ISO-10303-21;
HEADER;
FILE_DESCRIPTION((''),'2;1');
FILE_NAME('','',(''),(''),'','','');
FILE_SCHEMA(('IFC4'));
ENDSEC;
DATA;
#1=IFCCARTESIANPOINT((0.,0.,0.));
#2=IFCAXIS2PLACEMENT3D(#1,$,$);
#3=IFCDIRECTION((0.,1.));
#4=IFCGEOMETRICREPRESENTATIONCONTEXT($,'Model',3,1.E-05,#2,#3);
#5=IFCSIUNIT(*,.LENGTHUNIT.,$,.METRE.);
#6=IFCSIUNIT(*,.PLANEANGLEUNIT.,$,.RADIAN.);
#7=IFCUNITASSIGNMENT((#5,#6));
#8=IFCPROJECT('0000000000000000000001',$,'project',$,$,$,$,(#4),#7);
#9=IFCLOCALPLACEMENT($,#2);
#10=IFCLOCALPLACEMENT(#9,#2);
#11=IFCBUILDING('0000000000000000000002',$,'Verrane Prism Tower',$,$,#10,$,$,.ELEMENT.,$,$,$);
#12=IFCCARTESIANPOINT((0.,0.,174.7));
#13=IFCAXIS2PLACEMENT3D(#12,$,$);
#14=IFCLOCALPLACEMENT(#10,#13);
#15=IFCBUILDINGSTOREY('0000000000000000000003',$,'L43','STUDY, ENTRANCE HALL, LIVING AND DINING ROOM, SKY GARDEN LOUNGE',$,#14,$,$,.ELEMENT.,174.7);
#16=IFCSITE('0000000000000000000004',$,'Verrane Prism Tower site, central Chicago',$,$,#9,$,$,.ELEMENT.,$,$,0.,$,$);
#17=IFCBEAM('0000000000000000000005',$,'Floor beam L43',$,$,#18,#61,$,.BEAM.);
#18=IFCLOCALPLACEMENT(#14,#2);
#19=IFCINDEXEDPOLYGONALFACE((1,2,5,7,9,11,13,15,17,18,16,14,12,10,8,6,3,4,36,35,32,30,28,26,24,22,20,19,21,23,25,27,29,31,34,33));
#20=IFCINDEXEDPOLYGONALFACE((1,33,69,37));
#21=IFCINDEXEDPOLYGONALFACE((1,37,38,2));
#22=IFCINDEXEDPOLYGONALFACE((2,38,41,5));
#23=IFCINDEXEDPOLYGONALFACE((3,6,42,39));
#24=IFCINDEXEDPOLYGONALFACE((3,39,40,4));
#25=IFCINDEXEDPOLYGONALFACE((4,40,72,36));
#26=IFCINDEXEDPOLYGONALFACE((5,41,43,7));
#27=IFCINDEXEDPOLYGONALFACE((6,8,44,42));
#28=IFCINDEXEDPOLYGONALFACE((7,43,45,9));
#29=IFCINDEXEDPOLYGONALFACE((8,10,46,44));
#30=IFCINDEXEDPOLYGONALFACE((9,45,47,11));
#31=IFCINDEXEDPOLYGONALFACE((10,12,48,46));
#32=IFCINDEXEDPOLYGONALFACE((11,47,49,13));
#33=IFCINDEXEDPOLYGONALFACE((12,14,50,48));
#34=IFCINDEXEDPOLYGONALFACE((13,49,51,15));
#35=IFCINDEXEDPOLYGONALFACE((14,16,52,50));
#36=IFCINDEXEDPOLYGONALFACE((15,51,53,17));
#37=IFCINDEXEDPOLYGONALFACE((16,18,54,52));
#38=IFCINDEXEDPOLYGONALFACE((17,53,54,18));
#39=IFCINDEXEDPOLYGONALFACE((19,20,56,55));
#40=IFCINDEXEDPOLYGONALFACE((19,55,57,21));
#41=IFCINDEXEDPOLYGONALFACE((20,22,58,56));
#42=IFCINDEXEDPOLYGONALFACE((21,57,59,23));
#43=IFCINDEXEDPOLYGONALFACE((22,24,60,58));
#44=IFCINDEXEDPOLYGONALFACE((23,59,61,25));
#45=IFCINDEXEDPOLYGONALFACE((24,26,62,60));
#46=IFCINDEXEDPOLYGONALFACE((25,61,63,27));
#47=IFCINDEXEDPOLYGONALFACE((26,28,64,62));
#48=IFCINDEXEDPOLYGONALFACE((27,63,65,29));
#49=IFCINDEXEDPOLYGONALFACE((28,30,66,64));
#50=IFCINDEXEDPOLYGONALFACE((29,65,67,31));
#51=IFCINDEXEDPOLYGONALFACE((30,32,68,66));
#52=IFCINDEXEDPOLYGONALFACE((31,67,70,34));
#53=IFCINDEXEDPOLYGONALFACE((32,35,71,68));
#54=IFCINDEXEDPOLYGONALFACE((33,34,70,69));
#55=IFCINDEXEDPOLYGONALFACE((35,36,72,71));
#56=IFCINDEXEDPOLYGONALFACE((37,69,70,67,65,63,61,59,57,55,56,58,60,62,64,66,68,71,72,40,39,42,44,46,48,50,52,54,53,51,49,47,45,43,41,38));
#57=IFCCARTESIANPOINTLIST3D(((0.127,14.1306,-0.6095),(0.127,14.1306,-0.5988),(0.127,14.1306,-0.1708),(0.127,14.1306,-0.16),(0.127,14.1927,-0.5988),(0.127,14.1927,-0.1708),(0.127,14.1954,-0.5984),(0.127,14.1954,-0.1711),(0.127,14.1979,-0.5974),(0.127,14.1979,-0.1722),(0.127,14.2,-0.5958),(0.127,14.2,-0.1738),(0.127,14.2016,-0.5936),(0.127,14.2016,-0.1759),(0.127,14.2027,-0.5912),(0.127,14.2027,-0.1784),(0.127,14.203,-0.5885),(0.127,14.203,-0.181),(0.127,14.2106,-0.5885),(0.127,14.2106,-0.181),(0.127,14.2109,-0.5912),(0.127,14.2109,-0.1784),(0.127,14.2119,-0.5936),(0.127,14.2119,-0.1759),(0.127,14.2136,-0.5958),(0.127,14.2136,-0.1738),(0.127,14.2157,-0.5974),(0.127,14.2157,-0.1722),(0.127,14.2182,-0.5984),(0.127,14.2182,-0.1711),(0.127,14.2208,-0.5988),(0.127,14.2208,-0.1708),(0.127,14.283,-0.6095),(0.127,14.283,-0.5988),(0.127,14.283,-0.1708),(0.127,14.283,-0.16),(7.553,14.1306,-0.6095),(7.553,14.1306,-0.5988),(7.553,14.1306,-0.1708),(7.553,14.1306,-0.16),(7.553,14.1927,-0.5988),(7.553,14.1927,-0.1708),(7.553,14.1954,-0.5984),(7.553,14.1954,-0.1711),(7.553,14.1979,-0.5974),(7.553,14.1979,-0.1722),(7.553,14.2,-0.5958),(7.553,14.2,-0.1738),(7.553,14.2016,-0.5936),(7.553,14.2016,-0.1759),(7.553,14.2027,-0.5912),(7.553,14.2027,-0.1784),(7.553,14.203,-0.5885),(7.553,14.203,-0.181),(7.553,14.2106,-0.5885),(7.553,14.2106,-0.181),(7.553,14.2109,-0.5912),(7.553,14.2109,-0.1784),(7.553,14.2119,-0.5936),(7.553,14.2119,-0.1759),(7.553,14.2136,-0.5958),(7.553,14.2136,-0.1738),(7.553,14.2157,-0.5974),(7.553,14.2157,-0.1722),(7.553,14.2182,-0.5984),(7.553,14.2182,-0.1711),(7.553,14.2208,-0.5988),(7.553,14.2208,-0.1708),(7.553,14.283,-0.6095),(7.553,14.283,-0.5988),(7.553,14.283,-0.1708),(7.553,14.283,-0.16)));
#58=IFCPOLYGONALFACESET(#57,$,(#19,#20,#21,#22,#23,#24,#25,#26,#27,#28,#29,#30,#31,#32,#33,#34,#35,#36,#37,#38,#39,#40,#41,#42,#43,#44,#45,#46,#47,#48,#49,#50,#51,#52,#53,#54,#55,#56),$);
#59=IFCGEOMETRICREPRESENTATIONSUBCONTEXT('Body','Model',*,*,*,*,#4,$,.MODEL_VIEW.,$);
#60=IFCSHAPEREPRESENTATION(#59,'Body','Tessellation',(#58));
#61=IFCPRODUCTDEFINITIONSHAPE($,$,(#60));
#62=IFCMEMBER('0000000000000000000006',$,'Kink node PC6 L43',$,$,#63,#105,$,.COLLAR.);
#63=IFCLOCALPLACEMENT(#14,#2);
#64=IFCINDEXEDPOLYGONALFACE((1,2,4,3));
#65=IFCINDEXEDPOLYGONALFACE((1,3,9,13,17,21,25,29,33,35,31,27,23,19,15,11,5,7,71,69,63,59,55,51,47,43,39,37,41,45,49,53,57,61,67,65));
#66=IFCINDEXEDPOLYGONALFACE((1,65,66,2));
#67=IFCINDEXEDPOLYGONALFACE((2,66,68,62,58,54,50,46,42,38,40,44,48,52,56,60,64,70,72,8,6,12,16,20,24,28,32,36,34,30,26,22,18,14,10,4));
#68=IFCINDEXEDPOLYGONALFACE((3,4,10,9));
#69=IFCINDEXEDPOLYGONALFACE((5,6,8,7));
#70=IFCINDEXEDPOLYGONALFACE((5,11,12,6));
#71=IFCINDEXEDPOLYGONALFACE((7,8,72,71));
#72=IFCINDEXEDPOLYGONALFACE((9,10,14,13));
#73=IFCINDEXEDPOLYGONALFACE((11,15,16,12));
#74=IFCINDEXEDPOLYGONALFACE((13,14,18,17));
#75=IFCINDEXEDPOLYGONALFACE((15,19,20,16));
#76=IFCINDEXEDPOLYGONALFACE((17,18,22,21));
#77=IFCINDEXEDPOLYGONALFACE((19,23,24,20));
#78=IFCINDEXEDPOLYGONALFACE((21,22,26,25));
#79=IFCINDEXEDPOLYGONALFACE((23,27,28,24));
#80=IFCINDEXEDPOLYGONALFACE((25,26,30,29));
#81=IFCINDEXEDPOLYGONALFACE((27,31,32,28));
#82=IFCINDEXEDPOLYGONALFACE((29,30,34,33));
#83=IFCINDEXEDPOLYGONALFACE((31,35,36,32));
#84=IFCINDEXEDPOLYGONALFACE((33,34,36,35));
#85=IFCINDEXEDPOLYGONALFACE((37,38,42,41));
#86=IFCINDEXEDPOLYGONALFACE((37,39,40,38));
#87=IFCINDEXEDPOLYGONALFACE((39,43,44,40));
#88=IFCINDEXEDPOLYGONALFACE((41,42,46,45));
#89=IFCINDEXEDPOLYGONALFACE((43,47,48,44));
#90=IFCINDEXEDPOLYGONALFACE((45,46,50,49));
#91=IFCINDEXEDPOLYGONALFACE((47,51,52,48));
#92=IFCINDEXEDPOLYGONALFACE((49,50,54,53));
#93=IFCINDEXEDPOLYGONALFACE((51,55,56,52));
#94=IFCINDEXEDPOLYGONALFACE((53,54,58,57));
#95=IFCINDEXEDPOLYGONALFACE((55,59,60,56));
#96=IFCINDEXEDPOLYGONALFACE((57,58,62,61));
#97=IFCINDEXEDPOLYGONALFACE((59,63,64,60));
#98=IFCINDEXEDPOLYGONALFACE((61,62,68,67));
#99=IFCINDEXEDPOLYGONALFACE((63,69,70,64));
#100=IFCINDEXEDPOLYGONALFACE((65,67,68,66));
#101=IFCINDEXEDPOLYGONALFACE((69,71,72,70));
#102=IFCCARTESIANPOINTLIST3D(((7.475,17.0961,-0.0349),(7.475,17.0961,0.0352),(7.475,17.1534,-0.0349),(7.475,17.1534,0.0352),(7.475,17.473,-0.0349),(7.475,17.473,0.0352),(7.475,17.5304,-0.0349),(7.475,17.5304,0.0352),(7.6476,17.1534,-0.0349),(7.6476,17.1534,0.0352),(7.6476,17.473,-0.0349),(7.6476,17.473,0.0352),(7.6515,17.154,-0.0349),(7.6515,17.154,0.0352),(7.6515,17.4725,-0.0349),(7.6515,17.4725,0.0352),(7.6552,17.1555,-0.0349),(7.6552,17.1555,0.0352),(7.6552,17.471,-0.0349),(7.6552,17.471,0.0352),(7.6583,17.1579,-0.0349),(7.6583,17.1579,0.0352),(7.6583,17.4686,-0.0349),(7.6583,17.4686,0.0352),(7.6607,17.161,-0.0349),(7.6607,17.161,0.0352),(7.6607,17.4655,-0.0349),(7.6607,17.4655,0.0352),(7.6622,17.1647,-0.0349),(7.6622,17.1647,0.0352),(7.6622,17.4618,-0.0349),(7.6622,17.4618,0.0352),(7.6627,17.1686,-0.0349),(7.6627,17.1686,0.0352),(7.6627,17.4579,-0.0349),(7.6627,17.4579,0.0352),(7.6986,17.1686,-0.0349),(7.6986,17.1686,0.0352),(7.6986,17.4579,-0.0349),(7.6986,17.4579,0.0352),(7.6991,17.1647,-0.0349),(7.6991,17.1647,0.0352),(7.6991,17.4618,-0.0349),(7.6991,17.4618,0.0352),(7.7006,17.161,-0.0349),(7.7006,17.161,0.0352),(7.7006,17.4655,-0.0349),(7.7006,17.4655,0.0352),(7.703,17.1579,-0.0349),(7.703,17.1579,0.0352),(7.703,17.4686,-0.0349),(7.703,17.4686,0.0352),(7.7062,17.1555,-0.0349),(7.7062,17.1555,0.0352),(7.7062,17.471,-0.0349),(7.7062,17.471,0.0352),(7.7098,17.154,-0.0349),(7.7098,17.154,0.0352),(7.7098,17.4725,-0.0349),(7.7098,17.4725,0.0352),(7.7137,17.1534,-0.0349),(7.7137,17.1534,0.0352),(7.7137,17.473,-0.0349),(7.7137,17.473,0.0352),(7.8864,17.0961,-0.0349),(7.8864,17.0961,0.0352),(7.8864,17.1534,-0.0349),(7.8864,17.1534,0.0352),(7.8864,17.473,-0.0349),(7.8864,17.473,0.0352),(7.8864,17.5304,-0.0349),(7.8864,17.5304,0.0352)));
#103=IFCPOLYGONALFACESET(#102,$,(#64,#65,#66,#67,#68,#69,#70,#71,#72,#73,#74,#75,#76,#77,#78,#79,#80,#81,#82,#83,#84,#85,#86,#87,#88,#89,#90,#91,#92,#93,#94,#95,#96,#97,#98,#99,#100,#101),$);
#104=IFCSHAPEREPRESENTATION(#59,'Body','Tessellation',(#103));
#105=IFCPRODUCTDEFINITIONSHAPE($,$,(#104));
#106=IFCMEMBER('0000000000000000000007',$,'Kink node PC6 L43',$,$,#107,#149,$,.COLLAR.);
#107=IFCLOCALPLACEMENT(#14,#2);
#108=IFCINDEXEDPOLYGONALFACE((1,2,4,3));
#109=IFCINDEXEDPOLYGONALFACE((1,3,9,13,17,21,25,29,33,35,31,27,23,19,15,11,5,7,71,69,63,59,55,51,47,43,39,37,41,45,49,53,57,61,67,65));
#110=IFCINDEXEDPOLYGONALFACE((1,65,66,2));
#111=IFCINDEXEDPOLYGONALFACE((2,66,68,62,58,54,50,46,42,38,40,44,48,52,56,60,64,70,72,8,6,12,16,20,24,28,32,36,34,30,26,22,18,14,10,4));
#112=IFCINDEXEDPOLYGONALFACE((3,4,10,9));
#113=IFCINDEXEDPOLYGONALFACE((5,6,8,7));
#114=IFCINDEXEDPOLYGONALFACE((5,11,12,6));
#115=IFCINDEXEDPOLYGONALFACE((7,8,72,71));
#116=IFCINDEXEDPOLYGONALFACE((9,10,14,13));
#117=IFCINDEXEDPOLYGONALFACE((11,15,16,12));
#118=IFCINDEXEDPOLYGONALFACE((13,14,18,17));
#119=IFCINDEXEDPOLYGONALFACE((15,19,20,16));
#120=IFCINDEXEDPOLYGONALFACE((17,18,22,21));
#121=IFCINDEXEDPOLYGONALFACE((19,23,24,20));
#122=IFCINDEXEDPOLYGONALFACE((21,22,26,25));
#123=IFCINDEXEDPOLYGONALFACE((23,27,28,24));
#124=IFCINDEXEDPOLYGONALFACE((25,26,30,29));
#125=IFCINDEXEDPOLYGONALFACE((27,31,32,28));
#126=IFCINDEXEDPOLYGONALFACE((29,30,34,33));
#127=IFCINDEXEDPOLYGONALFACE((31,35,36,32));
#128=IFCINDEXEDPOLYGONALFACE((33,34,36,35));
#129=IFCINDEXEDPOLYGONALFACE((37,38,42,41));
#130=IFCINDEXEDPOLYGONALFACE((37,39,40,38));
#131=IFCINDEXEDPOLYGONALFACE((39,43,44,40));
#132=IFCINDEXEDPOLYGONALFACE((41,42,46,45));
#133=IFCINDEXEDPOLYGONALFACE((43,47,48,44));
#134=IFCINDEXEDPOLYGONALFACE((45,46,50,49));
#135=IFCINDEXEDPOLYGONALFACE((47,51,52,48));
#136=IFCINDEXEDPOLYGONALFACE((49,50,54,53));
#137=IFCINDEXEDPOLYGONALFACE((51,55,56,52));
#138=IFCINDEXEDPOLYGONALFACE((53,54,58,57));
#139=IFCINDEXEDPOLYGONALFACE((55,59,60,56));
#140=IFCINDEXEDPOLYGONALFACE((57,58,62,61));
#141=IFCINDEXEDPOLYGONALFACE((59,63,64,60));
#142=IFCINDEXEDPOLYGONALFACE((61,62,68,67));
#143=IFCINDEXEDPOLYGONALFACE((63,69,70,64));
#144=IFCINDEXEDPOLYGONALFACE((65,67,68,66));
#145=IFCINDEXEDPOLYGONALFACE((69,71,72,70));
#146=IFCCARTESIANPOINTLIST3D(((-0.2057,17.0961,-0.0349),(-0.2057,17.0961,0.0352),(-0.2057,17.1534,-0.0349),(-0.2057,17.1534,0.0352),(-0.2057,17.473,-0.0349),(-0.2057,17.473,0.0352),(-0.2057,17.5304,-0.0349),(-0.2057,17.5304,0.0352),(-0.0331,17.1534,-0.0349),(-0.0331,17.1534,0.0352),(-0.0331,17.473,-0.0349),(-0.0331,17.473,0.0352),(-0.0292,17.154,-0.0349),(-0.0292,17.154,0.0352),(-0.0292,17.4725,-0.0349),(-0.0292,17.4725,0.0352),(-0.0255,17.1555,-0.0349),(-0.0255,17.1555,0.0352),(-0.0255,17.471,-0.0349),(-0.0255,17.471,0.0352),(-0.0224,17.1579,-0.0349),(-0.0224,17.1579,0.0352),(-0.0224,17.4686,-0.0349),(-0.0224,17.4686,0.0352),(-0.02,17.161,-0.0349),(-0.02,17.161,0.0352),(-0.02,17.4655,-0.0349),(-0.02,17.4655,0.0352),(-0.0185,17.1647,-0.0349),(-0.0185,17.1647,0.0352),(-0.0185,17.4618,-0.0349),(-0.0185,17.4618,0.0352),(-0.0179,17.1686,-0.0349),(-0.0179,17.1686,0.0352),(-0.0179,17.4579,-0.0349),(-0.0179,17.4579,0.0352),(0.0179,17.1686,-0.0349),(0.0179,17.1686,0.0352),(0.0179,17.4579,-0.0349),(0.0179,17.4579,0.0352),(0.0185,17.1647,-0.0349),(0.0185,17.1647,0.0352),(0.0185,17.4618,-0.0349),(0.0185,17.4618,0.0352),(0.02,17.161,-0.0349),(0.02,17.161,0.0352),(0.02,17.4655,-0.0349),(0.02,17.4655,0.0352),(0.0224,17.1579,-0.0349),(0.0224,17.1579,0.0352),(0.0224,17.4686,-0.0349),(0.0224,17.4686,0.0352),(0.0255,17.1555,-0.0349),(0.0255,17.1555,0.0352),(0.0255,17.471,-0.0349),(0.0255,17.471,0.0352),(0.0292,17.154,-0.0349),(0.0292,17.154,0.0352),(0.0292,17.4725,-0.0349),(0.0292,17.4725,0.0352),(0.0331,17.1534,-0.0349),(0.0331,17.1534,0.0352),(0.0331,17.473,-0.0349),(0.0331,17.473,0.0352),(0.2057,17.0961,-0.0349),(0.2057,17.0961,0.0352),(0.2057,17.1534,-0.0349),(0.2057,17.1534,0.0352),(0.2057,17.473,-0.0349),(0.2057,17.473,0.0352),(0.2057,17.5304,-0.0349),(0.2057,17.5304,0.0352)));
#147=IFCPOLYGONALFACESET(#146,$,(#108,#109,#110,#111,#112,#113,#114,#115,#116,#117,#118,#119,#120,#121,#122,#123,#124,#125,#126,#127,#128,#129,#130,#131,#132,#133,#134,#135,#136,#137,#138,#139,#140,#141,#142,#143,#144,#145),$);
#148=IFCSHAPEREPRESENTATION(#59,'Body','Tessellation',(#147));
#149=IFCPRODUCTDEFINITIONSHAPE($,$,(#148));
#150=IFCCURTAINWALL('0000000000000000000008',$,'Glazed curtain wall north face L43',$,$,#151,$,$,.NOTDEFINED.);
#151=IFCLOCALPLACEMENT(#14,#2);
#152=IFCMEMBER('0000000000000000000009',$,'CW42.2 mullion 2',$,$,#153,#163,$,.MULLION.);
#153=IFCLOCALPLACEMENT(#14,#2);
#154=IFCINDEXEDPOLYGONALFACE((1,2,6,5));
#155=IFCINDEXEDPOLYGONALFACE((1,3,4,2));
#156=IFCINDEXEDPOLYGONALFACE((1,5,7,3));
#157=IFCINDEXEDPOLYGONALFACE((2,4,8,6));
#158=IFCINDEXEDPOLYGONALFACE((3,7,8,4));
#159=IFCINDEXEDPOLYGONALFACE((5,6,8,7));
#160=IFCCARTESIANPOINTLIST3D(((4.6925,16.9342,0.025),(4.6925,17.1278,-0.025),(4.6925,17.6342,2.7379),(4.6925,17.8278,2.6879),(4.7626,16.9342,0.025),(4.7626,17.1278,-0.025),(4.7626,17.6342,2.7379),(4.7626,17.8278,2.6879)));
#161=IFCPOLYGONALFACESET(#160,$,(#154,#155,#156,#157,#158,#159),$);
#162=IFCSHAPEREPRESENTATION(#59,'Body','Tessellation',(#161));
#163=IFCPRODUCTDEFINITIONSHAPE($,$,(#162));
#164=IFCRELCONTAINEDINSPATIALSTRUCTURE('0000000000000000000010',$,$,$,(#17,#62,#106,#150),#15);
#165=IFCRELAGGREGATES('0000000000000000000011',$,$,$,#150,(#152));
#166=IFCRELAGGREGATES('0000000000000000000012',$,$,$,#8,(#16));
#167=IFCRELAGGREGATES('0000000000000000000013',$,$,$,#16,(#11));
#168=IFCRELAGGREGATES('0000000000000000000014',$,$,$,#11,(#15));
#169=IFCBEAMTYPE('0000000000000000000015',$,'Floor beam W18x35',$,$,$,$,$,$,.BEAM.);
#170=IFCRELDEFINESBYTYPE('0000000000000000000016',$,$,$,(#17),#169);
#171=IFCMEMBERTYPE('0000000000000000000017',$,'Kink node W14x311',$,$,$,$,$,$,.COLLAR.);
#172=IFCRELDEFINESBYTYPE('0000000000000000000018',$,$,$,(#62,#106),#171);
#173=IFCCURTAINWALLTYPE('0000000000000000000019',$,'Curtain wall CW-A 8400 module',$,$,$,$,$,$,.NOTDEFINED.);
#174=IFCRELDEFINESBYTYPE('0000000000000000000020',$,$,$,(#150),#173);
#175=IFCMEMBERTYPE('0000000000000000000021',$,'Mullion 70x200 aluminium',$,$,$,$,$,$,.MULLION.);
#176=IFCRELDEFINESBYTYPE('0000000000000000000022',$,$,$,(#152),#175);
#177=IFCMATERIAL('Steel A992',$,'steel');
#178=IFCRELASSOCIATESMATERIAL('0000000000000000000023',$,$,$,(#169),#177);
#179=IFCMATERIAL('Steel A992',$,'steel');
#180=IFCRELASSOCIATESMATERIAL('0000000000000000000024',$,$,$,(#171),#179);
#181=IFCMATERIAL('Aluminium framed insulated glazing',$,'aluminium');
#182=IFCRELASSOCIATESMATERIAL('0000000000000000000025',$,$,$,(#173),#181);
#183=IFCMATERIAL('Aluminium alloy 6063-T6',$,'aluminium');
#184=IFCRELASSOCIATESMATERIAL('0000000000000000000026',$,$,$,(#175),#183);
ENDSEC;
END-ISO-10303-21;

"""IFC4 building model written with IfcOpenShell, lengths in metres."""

from ifc_helpers import new_model, si_unit, direction, frame, origin, origin_2d, place, context, subcontext, project, spatial, rectangle, i_section, extrude, material, material_profile, profile_set, type_object, element, aggregate, save


model = new_model("IFC4")

# Units and contexts
model_context = context("Model", 3, precision=1e-05, world=origin(), true_north=direction((0.0, 1.0)))
body_context = subcontext(model_context, "Body", "Model", "MODEL_VIEW")
ifc_project = project(units=[si_unit("LENGTHUNIT", "METRE"), si_unit("PLANEANGLEUNIT", "RADIAN")], contexts=[model_context])

# Site, building, storey
site_placement = place(None, origin())
site = spatial("IfcSite", under=ifc_project, at=site_placement, Name="Verrane Prism Tower site, central Chicago", CompositionType="ELEMENT", RefElevation=0.0)
building_placement = place(site_placement, origin())
building = spatial("IfcBuilding", under=site, at=building_placement, Name="Verrane Prism Tower", CompositionType="ELEMENT")
storey_placement = place(building_placement, frame((0.0, 0.0, 174.7)))
storey = spatial("IfcBuildingStorey", under=building, at=storey_placement, Name="L43", Description="STUDY, ENTRANCE HALL, LIVING AND DINING ROOM, SKY GARDEN LOUNGE", CompositionType="ELEMENT", Elevation=174.7)

# Beam
ifc_material_1 = material(Name="Steel A992", Category="steel")
ifc_material_profile_1 = material_profile(ifc_material_1, i_section(OverallWidth=0.1523, OverallDepth=0.4495, WebThickness=0.0076, FlangeThickness=0.0107, FilletRadius=0.0103, at=origin_2d()), Name="W18x35")
ifc_profile_set_1 = profile_set([ifc_material_profile_1], Name="Steel A992")
beam_type_1 = type_object("IfcBeamType", Name="Floor beam W18x35", PredefinedType="BEAM", material=ifc_profile_set_1)
for number, where, z_axis, x_axis, name in (
    (1, (0.127, 14.2068, -0.3848), (1.0, 0.0, 0.0), (0.0, 1.0, 0.0), "Floor beam L43"),
):
    element("IfcBeam", number, at=place(storey_placement, frame(where, z_axis=z_axis, x_axis=x_axis)), inside=storey, type_object=beam_type_1, Name=name, PredefinedType="BEAM", context=body_context, shape_type="SweptSolid", body=[
        extrude(i_section(OverallWidth=0.1523, OverallDepth=0.4495, WebThickness=0.0076, FlangeThickness=0.0107, FilletRadius=0.0103, at=origin_2d()), origin(), (0.0, 0.0, 1.0), 7.426),
    ])

# Members
ifc_material_2 = material(Name="Steel A992", Category="steel")
ifc_material_profile_2 = material_profile(ifc_material_2, i_section(OverallWidth=0.4114, OverallDepth=0.4343, WebThickness=0.0359, FlangeThickness=0.0574, FilletRadius=0.0151, at=origin_2d()), Name="W14x311")
ifc_profile_set_2 = profile_set([ifc_material_profile_2], Name="Steel A992")
member_type_1 = type_object("IfcMemberType", Name="Kink node W14x311", PredefinedType="COLLAR", material=ifc_profile_set_2)
for number, where, z_axis, x_axis, name in (
    (2, (7.6807, 17.3132, -0.0349), (0.0, 0.0, 1.0), (1.0, 0.0, 0.0), "Kink node PC6 L43"),
    (3, (0.0, 17.3132, -0.0349), (0.0, 0.0, 1.0), (1.0, 0.0, 0.0), "Kink node PC6 L43"),
):
    element("IfcMember", number, at=place(storey_placement, frame(where, z_axis=z_axis, x_axis=x_axis)), inside=storey, type_object=member_type_1, Name=name, PredefinedType="COLLAR", context=body_context, shape_type="SweptSolid", body=[
        extrude(i_section(OverallWidth=0.4114, OverallDepth=0.4343, WebThickness=0.0359, FlangeThickness=0.0574, FilletRadius=0.0151, at=origin_2d()), origin(), (0.0, 0.0, 1.0), 0.0701),
    ])

# Curtain wall, member
ifc_material_3 = material(Name="Aluminium framed insulated glazing", Category="aluminium")
curtain_wall_type = type_object("IfcCurtainWallType", Name="Curtain wall CW-A 8400 module", PredefinedType="NOTDEFINED", material=ifc_material_3)
curtain_wall_placement = place(storey_placement, origin())
curtain_wall = element("IfcCurtainWall", 4, at=curtain_wall_placement, inside=storey, type_object=curtain_wall_type, Name="Glazed curtain wall north face L43", PredefinedType="NOTDEFINED")
ifc_material_4 = material(Name="Aluminium alloy 6063-T6", Category="aluminium")
ifc_material_profile_3 = material_profile(ifc_material_4, rectangle(XDim=0.2, YDim=0.0701, at=origin_2d()), Name="Mullion 70x200 aluminium")
ifc_profile_set_3 = profile_set([ifc_material_profile_3], Name="Aluminium alloy 6063-T6")
member_type_2 = type_object("IfcMemberType", Name="Mullion 70x200 aluminium", PredefinedType="MULLION", material=ifc_profile_set_3)
member_1_placement = place(storey_placement, frame((4.7275, 17.031, 0.0), z_axis=(0.0, 0.249828, 0.96829), x_axis=(0.0, 0.96829, -0.249828)))
member_1 = element("IfcMember", 5, at=member_1_placement, type_object=member_type_2, Name="CW42.2 mullion 2", PredefinedType="MULLION", context=body_context, shape_type="SweptSolid", body=[
    extrude(rectangle(XDim=0.2, YDim=0.0701, at=origin_2d()), origin(), (0.0, 0.0, 1.0), 2.8018),
])

aggregate(curtain_wall, [member_1])

save(model, "model.ifc")
